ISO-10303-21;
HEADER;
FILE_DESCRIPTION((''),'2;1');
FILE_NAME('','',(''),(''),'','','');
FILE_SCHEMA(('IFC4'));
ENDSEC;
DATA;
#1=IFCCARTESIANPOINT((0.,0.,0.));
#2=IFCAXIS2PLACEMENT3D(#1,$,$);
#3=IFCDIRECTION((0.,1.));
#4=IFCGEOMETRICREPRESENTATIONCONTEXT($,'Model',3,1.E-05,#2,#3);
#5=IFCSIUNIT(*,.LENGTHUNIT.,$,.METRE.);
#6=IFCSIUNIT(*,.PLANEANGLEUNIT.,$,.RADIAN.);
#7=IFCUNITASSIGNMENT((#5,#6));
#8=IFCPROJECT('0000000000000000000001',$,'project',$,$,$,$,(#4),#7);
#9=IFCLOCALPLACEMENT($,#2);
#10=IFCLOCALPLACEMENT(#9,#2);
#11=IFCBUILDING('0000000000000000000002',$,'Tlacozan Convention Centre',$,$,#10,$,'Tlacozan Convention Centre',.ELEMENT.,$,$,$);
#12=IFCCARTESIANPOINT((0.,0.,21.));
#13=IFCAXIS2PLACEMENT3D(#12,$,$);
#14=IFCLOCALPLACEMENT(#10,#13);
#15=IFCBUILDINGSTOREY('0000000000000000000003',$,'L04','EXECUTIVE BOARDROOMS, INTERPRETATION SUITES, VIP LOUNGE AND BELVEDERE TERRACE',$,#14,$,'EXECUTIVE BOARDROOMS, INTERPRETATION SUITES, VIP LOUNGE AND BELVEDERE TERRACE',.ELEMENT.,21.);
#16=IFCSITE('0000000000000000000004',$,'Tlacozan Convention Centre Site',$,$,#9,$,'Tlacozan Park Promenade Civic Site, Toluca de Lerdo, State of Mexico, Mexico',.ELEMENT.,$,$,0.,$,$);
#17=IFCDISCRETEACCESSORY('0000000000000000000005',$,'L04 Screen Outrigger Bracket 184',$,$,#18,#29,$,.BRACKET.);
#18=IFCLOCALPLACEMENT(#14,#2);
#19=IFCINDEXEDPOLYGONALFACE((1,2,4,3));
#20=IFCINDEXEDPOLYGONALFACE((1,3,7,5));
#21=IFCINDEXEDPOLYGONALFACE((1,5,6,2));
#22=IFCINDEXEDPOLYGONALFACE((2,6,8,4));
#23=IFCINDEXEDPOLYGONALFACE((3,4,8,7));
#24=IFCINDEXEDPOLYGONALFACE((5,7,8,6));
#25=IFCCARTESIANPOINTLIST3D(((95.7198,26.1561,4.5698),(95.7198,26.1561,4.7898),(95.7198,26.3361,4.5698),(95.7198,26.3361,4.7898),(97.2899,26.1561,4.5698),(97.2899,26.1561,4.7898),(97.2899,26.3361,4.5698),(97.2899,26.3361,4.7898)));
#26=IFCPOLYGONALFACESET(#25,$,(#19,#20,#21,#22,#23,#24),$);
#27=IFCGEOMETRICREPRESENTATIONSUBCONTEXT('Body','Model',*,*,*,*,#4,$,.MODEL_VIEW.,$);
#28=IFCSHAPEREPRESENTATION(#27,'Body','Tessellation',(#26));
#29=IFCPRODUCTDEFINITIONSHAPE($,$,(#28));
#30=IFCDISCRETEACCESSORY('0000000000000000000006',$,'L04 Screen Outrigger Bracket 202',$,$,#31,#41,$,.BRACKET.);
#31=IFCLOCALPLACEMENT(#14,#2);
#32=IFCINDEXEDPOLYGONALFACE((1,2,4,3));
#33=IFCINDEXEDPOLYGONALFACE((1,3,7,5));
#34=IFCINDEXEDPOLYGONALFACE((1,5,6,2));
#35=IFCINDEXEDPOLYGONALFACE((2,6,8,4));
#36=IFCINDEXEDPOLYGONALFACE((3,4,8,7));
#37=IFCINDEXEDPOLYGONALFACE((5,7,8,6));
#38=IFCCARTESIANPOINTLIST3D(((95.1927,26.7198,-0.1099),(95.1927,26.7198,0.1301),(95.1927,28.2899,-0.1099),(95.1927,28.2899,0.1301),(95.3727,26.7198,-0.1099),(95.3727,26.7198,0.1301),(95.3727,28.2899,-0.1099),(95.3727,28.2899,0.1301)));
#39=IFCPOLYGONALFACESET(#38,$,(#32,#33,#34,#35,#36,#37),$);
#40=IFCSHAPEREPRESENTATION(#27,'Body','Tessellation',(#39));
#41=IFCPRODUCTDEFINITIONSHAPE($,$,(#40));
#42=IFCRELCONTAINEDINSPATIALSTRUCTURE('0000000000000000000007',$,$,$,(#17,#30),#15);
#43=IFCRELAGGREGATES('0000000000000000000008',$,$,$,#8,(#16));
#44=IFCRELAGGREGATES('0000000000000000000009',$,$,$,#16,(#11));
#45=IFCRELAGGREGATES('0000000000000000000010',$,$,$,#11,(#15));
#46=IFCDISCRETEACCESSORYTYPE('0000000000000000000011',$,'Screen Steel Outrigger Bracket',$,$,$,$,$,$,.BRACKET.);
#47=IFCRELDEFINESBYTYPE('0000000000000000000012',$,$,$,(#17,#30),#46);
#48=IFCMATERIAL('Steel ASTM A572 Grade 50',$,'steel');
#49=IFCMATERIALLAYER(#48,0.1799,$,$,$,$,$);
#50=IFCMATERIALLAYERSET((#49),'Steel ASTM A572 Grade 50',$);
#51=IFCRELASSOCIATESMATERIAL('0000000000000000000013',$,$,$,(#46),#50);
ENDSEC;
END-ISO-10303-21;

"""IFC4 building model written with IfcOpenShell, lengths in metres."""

from ifc_helpers import new_model, si_unit, direction, frame, origin, origin_2d, place, context, subcontext, project, spatial, rectangle, extrude, material, layer, layer_set, type_object, element, save


model = new_model("IFC4")

# Units and contexts
model_context = context("Model", 3, precision=1e-05, world=origin(), true_north=direction((0.0, 1.0)))
body_context = subcontext(model_context, "Body", "Model", "MODEL_VIEW")
ifc_project = project(units=[si_unit("LENGTHUNIT", "METRE"), si_unit("PLANEANGLEUNIT", "RADIAN")], contexts=[model_context])

# Site, building, storey
site_placement = place(None, origin())
site = spatial("IfcSite", under=ifc_project, at=site_placement, Name="Tlacozan Convention Centre Site", LongName="Tlacozan Park Promenade Civic Site, Toluca de Lerdo, State of Mexico, Mexico", CompositionType="ELEMENT", RefElevation=0.0)
building_placement = place(site_placement, origin())
building = spatial("IfcBuilding", under=site, at=building_placement, Name="Tlacozan Convention Centre", LongName="Tlacozan Convention Centre", CompositionType="ELEMENT")
storey_placement = place(building_placement, frame((0.0, 0.0, 21.0)))
storey = spatial("IfcBuildingStorey", under=building, at=storey_placement, Name="L04", Description="EXECUTIVE BOARDROOMS, INTERPRETATION SUITES, VIP LOUNGE AND BELVEDERE TERRACE", LongName="EXECUTIVE BOARDROOMS, INTERPRETATION SUITES, VIP LOUNGE AND BELVEDERE TERRACE", CompositionType="ELEMENT", Elevation=21.0)

# Discrete accessories
ifc_material_1 = material(Name="Steel ASTM A572 Grade 50", Category="steel")
ifc_layer_1 = layer(ifc_material_1, 0.1799)
ifc_layer_set_1 = layer_set([ifc_layer_1], Name="Steel ASTM A572 Grade 50")
discrete_accessory_type = type_object("IfcDiscreteAccessoryType", Name="Screen Steel Outrigger Bracket", PredefinedType="BRACKET", material=ifc_layer_set_1)
discrete_accessory_1_placement = place(storey_placement, frame((96.5049, 26.2461, 4.5698), z_axis=(0.0, 0.0, 1.0), x_axis=(-1.0, 0.0, 0.0)))
element("IfcDiscreteAccessory", 1, at=discrete_accessory_1_placement, inside=storey, type_object=discrete_accessory_type, Name="L04 Screen Outrigger Bracket 184", PredefinedType="BRACKET", context=body_context, shape_type="SweptSolid", body=[
    extrude(rectangle(XDim=1.5701, YDim=0.1799, at=origin_2d()), origin(), (0.0, 0.0, 1.0), 0.22),
])
discrete_accessory_2_placement = place(storey_placement, frame((95.2827, 27.5049, -0.1099), z_axis=(0.0, 0.0, 1.0), x_axis=(0.0, -1.0, 0.0)))
element("IfcDiscreteAccessory", 2, at=discrete_accessory_2_placement, inside=storey, type_object=discrete_accessory_type, Name="L04 Screen Outrigger Bracket 202", PredefinedType="BRACKET", context=body_context, shape_type="SweptSolid", body=[
    extrude(rectangle(XDim=1.5701, YDim=0.1799, at=origin_2d()), origin(), (0.0, 0.0, 1.0), 0.24),
])

save(model, "model.ifc")
